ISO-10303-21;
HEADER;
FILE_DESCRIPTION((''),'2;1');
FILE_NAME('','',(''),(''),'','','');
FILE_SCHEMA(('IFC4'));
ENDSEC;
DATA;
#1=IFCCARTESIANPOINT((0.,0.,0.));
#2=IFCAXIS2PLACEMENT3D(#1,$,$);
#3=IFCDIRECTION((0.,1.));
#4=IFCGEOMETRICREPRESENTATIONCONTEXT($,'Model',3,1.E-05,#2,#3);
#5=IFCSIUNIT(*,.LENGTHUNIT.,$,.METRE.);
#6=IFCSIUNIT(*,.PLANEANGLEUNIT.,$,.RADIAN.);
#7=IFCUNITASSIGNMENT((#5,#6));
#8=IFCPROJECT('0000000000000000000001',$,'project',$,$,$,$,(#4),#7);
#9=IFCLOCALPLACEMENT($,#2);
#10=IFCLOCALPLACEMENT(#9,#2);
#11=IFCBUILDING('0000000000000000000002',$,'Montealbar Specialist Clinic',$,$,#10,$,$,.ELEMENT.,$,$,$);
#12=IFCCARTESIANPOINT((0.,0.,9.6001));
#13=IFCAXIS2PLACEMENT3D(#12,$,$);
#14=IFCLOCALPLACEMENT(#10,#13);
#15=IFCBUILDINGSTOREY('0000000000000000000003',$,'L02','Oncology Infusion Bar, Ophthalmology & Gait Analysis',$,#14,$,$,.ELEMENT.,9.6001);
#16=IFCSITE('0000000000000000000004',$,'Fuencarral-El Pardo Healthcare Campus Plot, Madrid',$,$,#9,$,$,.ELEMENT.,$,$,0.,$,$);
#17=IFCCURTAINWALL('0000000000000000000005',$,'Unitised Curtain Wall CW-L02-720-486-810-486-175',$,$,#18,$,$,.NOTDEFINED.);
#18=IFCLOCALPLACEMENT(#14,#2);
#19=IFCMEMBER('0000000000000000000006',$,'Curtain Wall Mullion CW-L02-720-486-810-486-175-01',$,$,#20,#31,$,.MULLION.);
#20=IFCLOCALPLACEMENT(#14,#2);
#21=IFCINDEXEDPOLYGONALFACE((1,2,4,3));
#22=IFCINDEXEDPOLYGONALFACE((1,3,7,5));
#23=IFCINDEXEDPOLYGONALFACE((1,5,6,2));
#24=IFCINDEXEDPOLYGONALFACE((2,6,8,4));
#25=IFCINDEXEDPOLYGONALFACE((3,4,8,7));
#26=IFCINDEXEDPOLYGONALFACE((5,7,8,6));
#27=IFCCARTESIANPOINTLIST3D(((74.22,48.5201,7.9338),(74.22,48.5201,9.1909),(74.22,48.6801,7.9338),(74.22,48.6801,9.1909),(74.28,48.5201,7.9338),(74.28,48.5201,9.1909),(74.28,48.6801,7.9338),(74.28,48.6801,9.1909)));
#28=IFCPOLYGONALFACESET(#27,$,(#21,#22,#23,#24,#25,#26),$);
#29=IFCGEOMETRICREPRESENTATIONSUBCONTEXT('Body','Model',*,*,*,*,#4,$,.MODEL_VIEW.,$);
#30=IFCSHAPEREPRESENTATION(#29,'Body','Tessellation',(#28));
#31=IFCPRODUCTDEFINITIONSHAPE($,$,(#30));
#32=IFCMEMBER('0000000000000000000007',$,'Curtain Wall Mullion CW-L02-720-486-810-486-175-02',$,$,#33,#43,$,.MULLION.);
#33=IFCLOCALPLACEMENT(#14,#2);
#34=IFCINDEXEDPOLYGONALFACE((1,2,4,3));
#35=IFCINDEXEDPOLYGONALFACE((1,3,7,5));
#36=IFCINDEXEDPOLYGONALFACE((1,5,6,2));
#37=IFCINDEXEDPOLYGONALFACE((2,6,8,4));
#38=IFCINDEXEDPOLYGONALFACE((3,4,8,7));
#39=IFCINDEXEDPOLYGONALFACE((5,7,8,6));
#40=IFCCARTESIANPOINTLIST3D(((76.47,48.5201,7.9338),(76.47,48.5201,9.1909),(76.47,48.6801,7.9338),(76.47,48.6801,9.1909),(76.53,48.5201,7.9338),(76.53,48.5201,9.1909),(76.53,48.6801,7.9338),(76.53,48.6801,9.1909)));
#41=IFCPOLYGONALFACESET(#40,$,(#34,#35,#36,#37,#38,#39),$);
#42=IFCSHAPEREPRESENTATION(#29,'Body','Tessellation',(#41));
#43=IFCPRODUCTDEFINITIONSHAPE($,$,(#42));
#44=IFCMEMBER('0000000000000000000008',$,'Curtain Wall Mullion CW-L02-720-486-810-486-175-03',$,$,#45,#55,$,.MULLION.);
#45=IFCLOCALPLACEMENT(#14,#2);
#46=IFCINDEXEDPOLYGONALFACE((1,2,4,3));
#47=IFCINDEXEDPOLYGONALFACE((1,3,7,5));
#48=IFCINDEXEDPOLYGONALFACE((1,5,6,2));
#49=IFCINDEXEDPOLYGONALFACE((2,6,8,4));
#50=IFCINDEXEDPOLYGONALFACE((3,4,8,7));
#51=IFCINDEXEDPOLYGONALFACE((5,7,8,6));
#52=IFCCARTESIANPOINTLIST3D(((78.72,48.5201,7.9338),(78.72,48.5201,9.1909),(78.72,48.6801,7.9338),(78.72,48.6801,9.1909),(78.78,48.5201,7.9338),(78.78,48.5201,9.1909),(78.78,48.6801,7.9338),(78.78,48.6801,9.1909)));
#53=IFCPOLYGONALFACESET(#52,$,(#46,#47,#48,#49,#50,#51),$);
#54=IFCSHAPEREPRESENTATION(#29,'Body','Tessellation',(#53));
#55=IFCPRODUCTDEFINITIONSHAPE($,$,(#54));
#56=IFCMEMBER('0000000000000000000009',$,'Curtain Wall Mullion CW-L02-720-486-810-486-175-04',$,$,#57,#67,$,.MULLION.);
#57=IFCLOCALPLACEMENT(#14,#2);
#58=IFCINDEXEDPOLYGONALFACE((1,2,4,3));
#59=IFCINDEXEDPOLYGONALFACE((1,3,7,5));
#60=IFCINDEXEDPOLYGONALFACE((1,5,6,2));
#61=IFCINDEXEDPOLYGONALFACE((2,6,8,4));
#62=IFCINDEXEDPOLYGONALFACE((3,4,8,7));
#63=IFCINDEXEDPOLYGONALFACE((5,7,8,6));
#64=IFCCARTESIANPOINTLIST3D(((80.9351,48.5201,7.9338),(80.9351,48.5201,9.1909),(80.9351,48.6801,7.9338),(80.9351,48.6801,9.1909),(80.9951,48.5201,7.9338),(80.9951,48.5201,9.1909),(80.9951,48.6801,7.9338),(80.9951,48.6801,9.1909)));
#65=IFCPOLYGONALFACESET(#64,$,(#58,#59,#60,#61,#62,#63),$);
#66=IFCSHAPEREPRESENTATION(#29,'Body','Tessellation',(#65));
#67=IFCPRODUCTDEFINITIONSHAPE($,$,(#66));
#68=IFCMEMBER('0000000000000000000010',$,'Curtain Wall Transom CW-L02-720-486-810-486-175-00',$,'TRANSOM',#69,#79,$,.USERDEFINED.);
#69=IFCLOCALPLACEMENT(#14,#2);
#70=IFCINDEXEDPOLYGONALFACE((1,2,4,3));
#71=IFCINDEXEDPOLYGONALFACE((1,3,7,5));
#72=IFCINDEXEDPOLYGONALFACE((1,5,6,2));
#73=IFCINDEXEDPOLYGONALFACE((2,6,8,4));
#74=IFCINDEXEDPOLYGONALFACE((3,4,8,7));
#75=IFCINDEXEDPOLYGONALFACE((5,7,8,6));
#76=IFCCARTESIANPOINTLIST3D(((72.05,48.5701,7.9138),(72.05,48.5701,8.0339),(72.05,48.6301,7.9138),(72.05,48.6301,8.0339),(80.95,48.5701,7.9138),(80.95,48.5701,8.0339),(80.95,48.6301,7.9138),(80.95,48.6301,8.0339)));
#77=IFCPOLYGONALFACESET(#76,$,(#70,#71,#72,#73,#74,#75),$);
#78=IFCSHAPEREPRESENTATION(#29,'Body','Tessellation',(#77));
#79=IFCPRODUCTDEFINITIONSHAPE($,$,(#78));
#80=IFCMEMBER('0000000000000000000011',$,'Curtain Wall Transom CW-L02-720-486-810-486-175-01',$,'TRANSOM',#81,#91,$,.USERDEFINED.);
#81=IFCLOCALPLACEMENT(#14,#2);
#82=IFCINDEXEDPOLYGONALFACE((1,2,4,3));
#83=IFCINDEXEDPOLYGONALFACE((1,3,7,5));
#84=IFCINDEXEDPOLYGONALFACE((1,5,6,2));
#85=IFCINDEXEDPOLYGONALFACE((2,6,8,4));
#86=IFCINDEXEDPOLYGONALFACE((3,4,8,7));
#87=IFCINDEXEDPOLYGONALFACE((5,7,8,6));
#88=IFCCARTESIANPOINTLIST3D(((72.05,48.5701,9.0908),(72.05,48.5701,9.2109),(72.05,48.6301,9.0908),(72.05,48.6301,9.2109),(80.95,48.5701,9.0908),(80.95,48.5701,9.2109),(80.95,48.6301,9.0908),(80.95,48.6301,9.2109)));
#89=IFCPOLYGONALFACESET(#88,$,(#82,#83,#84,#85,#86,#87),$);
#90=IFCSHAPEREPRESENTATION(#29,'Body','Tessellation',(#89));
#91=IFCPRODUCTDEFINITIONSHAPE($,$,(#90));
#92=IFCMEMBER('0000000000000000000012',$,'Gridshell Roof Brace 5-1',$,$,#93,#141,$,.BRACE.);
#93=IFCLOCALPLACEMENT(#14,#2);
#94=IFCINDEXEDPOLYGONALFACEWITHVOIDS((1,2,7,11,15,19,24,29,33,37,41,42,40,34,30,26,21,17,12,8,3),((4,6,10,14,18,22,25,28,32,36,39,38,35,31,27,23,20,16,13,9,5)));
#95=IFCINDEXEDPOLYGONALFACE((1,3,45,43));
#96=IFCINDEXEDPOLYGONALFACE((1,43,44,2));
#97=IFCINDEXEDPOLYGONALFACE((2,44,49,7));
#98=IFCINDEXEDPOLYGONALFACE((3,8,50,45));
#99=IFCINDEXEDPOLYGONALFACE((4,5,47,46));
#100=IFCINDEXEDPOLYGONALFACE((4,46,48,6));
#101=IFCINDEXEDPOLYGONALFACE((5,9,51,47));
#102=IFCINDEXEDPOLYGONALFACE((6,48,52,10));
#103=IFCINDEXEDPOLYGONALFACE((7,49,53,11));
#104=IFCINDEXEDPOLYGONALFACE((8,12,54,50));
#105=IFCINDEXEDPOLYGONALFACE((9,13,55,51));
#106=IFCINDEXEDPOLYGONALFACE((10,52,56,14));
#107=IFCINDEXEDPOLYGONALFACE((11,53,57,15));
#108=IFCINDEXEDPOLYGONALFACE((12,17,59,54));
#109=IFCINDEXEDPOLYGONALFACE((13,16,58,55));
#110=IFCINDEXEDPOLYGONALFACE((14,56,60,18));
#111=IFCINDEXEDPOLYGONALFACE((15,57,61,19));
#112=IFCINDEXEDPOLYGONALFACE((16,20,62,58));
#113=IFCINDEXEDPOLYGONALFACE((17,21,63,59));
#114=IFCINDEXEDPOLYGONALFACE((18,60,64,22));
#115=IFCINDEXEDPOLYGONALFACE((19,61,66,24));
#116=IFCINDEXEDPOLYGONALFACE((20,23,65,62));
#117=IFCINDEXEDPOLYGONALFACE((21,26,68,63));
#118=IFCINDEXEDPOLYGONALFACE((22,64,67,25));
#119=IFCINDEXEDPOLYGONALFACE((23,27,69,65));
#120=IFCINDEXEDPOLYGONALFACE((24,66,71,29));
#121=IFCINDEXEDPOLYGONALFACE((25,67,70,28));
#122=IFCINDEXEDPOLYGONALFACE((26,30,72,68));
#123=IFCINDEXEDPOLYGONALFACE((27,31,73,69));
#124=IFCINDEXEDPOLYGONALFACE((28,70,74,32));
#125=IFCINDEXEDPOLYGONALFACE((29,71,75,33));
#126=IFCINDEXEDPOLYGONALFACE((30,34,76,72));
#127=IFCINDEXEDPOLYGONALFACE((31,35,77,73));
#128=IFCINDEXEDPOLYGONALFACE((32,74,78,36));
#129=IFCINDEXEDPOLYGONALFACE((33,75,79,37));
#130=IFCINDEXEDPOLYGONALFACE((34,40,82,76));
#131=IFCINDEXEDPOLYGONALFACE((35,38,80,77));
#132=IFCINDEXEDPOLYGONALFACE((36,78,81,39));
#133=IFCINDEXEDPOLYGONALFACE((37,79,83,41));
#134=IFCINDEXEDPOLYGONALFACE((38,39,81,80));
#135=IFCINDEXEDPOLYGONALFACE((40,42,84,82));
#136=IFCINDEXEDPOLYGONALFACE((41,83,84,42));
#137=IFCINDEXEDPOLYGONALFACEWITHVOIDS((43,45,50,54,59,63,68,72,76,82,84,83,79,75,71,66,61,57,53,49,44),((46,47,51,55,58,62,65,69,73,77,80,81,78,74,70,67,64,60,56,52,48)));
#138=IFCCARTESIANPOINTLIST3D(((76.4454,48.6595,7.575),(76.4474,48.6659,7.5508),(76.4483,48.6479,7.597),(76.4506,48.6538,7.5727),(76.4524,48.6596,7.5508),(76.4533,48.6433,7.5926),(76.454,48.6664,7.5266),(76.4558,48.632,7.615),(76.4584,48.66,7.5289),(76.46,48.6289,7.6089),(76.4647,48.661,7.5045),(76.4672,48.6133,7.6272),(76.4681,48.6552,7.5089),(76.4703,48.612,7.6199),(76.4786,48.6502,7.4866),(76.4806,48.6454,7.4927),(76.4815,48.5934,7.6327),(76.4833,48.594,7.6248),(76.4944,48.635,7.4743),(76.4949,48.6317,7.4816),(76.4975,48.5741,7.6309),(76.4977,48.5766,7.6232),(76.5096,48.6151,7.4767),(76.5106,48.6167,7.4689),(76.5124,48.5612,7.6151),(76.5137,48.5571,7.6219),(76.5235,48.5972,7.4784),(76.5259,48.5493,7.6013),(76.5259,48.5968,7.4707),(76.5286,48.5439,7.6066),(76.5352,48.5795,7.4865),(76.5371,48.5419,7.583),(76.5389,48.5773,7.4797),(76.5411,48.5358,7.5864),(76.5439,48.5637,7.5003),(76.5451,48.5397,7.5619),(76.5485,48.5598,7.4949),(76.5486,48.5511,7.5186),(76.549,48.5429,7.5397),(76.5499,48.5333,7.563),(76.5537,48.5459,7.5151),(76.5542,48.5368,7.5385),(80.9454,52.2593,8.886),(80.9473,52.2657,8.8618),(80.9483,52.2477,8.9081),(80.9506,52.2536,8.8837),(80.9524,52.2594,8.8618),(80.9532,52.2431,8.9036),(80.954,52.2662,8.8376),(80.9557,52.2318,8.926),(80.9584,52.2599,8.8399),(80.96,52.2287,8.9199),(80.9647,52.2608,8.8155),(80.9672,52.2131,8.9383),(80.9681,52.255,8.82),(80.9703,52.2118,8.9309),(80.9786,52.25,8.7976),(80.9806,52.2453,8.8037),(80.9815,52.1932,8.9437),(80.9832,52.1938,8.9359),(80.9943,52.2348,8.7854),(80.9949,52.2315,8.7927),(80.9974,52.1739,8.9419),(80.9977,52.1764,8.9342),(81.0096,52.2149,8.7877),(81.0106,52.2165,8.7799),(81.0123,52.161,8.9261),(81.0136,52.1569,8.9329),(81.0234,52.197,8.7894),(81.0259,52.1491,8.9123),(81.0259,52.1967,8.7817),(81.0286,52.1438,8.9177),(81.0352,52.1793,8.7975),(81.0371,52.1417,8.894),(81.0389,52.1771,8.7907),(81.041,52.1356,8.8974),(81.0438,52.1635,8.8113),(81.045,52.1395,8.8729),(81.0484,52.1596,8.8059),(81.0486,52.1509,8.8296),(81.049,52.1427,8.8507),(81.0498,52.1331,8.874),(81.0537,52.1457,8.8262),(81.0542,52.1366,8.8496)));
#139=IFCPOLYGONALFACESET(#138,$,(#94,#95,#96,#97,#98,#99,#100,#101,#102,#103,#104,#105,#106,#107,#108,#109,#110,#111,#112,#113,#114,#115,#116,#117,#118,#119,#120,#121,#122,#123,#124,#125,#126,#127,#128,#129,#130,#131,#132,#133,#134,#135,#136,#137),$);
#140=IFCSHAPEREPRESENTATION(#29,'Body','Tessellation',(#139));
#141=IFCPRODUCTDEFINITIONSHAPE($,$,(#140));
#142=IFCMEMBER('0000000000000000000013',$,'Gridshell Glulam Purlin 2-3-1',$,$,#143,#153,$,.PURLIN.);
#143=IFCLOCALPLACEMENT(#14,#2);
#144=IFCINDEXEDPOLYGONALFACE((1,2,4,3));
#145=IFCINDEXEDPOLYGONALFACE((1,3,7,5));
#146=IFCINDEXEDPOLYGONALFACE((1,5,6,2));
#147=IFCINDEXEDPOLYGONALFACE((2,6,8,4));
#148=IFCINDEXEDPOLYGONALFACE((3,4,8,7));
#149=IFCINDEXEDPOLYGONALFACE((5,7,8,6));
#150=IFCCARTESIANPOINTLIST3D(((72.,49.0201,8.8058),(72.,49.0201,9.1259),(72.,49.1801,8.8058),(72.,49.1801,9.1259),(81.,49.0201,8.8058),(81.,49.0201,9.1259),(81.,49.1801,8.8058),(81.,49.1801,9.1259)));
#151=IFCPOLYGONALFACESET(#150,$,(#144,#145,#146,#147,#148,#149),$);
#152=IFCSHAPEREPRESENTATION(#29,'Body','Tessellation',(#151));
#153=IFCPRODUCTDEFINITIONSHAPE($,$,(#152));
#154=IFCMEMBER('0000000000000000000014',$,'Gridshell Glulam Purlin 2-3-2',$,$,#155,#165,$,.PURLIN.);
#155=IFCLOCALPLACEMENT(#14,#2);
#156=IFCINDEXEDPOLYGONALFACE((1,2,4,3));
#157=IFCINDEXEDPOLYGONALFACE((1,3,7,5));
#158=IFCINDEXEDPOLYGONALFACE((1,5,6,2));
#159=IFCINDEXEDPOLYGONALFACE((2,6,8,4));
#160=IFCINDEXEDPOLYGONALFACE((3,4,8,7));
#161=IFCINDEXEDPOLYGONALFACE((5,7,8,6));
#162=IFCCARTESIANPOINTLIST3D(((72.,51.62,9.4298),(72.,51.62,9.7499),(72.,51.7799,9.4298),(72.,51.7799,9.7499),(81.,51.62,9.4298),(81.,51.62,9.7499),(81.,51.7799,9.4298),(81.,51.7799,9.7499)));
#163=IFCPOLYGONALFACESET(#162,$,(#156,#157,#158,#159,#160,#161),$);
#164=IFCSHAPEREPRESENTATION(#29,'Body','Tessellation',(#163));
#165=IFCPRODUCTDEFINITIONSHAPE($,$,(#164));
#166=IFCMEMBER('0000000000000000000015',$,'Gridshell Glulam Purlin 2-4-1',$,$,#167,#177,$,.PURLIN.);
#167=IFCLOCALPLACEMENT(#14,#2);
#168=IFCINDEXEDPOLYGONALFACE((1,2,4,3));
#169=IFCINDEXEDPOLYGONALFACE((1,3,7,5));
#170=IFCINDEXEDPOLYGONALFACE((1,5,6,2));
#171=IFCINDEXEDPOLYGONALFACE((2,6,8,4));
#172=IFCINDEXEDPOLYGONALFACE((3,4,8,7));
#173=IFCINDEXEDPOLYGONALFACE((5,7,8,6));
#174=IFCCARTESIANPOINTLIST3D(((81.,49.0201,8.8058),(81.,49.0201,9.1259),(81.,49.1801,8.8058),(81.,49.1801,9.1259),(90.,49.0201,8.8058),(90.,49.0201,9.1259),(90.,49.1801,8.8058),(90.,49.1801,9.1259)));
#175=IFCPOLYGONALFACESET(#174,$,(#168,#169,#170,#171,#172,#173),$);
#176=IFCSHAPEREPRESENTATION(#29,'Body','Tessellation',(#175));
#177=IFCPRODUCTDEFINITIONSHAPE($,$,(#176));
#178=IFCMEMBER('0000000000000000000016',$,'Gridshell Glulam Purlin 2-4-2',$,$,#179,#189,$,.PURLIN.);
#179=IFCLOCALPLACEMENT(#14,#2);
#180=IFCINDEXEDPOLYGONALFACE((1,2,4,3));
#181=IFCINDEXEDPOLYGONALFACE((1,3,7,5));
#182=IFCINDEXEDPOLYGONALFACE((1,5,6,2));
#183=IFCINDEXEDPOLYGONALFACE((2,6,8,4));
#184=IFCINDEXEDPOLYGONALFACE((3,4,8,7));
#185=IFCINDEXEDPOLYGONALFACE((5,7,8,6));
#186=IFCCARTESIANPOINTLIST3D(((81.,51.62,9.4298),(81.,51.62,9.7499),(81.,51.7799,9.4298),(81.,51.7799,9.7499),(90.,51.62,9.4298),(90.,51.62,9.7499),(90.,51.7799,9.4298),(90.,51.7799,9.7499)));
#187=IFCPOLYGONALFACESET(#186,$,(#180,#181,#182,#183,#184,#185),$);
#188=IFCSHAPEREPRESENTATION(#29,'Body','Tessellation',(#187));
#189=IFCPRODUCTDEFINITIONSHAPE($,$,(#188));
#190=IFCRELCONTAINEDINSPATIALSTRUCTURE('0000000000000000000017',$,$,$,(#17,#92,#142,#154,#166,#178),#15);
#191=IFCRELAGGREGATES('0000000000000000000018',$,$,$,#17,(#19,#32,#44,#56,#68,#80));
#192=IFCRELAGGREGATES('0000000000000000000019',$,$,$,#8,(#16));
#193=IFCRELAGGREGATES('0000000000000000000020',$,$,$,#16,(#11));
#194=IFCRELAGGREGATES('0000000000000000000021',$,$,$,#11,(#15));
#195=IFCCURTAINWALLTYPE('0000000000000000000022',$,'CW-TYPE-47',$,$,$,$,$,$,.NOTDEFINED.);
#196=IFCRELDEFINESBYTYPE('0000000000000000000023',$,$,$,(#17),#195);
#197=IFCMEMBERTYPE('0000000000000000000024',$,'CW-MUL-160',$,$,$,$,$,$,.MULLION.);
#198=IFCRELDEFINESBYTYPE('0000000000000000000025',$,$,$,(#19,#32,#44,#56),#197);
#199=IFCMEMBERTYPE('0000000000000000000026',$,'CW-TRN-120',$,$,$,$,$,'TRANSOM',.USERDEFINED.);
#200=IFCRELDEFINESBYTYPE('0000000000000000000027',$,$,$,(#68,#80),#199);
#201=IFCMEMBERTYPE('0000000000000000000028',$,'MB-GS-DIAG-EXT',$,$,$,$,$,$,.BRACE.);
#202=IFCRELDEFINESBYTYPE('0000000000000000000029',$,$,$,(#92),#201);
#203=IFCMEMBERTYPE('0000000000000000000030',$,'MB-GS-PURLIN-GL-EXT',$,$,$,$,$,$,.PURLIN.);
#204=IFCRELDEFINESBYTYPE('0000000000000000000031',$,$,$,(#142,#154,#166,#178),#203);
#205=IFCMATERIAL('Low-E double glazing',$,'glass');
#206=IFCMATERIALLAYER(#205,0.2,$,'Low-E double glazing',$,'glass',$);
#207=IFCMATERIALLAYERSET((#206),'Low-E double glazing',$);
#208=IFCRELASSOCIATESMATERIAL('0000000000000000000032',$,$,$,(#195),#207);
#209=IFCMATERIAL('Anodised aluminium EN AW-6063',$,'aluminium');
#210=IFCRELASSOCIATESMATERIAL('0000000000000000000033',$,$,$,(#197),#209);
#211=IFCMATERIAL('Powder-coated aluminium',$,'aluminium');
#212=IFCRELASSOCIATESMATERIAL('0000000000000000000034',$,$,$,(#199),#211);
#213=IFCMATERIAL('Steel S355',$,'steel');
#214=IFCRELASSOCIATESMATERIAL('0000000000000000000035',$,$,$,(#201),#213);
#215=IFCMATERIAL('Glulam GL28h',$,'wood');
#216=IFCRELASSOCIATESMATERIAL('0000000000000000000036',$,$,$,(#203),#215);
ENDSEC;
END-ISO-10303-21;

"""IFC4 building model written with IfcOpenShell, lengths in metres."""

from ifc_helpers import new_model, si_unit, direction, frame, origin, origin_2d, place, context, subcontext, project, spatial, rectangle, hollow_circle, extrude, material, layer, layer_set, material_profile, profile_set, type_object, element, aggregate, save


model = new_model("IFC4")

# Units and contexts
model_context = context("Model", 3, precision=1e-05, world=origin(), true_north=direction((0.0, 1.0)))
body_context = subcontext(model_context, "Body", "Model", "MODEL_VIEW")
ifc_project = project(units=[si_unit("LENGTHUNIT", "METRE"), si_unit("PLANEANGLEUNIT", "RADIAN")], contexts=[model_context])

# Site, building, storey
site_placement = place(None, origin())
site = spatial("IfcSite", under=ifc_project, at=site_placement, Name="Fuencarral-El Pardo Healthcare Campus Plot, Madrid", CompositionType="ELEMENT", RefElevation=0.0)
building_placement = place(site_placement, origin())
building = spatial("IfcBuilding", under=site, at=building_placement, Name="Montealbar Specialist Clinic", CompositionType="ELEMENT")
storey_placement = place(building_placement, frame((0.0, 0.0, 9.6001)))
storey = spatial("IfcBuildingStorey", under=building, at=storey_placement, Name="L02", Description="Oncology Infusion Bar, Ophthalmology & Gait Analysis", CompositionType="ELEMENT", Elevation=9.6001)

# Shared definitions
ifc_material_1 = material(Name="Steel S355", Category="steel")
ifc_material_2 = material(Name="Glulam GL28h", Category="wood")

# Curtain wall, members
ifc_material_3 = material(Name="Low-E double glazing", Category="glass")
ifc_layer_1 = layer(ifc_material_3, 0.2, Name="Low-E double glazing", Category="glass")
ifc_layer_set_1 = layer_set([ifc_layer_1], Name="Low-E double glazing")
curtain_wall_type = type_object("IfcCurtainWallType", Name="CW-TYPE-47", PredefinedType="NOTDEFINED", material=ifc_layer_set_1)
curtain_wall_placement = place(storey_placement, origin())
curtain_wall = element("IfcCurtainWall", 1, at=curtain_wall_placement, inside=storey, type_object=curtain_wall_type, Name="Unitised Curtain Wall CW-L02-720-486-810-486-175", PredefinedType="NOTDEFINED")
ifc_material_4 = material(Name="Anodised aluminium EN AW-6063", Category="aluminium")
ifc_material_profile_1 = material_profile(ifc_material_4, rectangle(XDim=0.0601, YDim=0.1599, at=origin_2d()), Name="ALU 60x160", Category="aluminium")
ifc_profile_set_1 = profile_set([ifc_material_profile_1], Name="Anodised aluminium EN AW-6063")
member_type_1 = type_object("IfcMemberType", Name="CW-MUL-160", PredefinedType="MULLION", material=ifc_profile_set_1)
member_1_placement = place(storey_placement, frame((74.25, 48.6001, 7.9338), z_axis=(0.0, 0.0, 1.0), x_axis=(1.0, 0.0, 0.0)))
member_1 = element("IfcMember", 2, at=member_1_placement, type_object=member_type_1, Name="Curtain Wall Mullion CW-L02-720-486-810-486-175-01", PredefinedType="MULLION", context=body_context, shape_type="SweptSolid", body=[
    extrude(rectangle(XDim=0.0601, YDim=0.1599, at=origin_2d()), origin(), (0.0, 0.0, 1.0), 1.2571),
])
member_2_placement = place(storey_placement, frame((76.5, 48.6001, 7.9338), z_axis=(0.0, 0.0, 1.0), x_axis=(1.0, 0.0, 0.0)))
member_2 = element("IfcMember", 3, at=member_2_placement, type_object=member_type_1, Name="Curtain Wall Mullion CW-L02-720-486-810-486-175-02", PredefinedType="MULLION", context=body_context, shape_type="SweptSolid", body=[
    extrude(rectangle(XDim=0.0601, YDim=0.1599, at=origin_2d()), origin(), (0.0, 0.0, 1.0), 1.2571),
])
member_3_placement = place(storey_placement, frame((78.75, 48.6001, 7.9338), z_axis=(0.0, 0.0, 1.0), x_axis=(1.0, 0.0, 0.0)))
member_3 = element("IfcMember", 4, at=member_3_placement, type_object=member_type_1, Name="Curtain Wall Mullion CW-L02-720-486-810-486-175-03", PredefinedType="MULLION", context=body_context, shape_type="SweptSolid", body=[
    extrude(rectangle(XDim=0.0601, YDim=0.1599, at=origin_2d()), origin(), (0.0, 0.0, 1.0), 1.2571),
])
member_4_placement = place(storey_placement, frame((80.9651, 48.6001, 7.9338), z_axis=(0.0, 0.0, 1.0), x_axis=(1.0, 0.0, 0.0)))
member_4 = element("IfcMember", 5, at=member_4_placement, type_object=member_type_1, Name="Curtain Wall Mullion CW-L02-720-486-810-486-175-04", PredefinedType="MULLION", context=body_context, shape_type="SweptSolid", body=[
    extrude(rectangle(XDim=0.0601, YDim=0.1599, at=origin_2d()), origin(), (0.0, 0.0, 1.0), 1.2571),
])
ifc_material_5 = material(Name="Powder-coated aluminium", Category="aluminium")
ifc_material_profile_2 = material_profile(ifc_material_5, rectangle(XDim=0.0601, YDim=0.1201, at=origin_2d()), Name="ALU 60x120", Category="aluminium")
ifc_profile_set_2 = profile_set([ifc_material_profile_2], Name="Powder-coated aluminium")
member_type_2 = type_object("IfcMemberType", Name="CW-TRN-120", ElementType="TRANSOM", PredefinedType="USERDEFINED", material=ifc_profile_set_2)
member_5_placement = place(storey_placement, frame((72.05, 48.6001, 7.9739), z_axis=(1.0, 0.0, 0.0), x_axis=(0.0, 1.0, 0.0)))
member_5 = element("IfcMember", 6, at=member_5_placement, type_object=member_type_2, Name="Curtain Wall Transom CW-L02-720-486-810-486-175-00", ObjectType="TRANSOM", PredefinedType="USERDEFINED", context=body_context, shape_type="SweptSolid", body=[
    extrude(rectangle(XDim=0.0601, YDim=0.1201, at=origin_2d()), origin(), (0.0, 0.0, 1.0), 8.8999),
])
member_6_placement = place(storey_placement, frame((72.05, 48.6001, 9.1509), z_axis=(1.0, 0.0, 0.0), x_axis=(0.0, 1.0, 0.0)))
member_6 = element("IfcMember", 7, at=member_6_placement, type_object=member_type_2, Name="Curtain Wall Transom CW-L02-720-486-810-486-175-01", ObjectType="TRANSOM", PredefinedType="USERDEFINED", context=body_context, shape_type="SweptSolid", body=[
    extrude(rectangle(XDim=0.0601, YDim=0.1201, at=origin_2d()), origin(), (0.0, 0.0, 1.0), 8.8999),
])

# Members
ifc_material_profile_3 = material_profile(ifc_material_1, hollow_circle(Radius=0.0842, WallThickness=0.0081, at=origin_2d()), Name="CHS 168.3x8.0", Category="steel")
ifc_profile_set_3 = profile_set([ifc_material_profile_3], Name="Steel S355")
member_type_3 = type_object("IfcMemberType", Name="MB-GS-DIAG-EXT", PredefinedType="BRACE", material=ifc_profile_set_3)
member_7_placement = place(storey_placement, frame((76.5, 48.6001, 7.5508), z_axis=(0.761425, 0.609115, 0.221834), x_axis=(-0.62468, 0.780881, 0.0)))
element("IfcMember", 8, at=member_7_placement, inside=storey, type_object=member_type_3, Name="Gridshell Roof Brace 5-1", PredefinedType="BRACE", context=body_context, shape_type="SweptSolid", body=[
    extrude(hollow_circle(Radius=0.0842, WallThickness=0.0081, at=origin_2d()), origin(), (0.0, 0.0, 1.0), 5.9099),
])
ifc_material_profile_4 = material_profile(ifc_material_2, rectangle(XDim=0.1599, YDim=0.3201, at=origin_2d()), Name="GL28h 160x320", Category="wood")
ifc_profile_set_4 = profile_set([ifc_material_profile_4], Name="Glulam GL28h")
member_type_4 = type_object("IfcMemberType", Name="MB-GS-PURLIN-GL-EXT", PredefinedType="PURLIN", material=ifc_profile_set_4)
for number, where, z_axis, x_axis, name in (
    (9, (72.0, 49.1001, 8.9658), (1.0, 0.0, 0.0), (0.0, 1.0, 0.0), "Gridshell Glulam Purlin 2-3-1"),
    (10, (72.0, 51.7, 9.5898), (1.0, 0.0, 0.0), (0.0, 1.0, 0.0), "Gridshell Glulam Purlin 2-3-2"),
    (11, (81.0, 49.1001, 8.9658), (1.0, 0.0, 0.0), (0.0, 1.0, 0.0), "Gridshell Glulam Purlin 2-4-1"),
    (12, (81.0, 51.7, 9.5898), (1.0, 0.0, 0.0), (0.0, 1.0, 0.0), "Gridshell Glulam Purlin 2-4-2"),
):
    element("IfcMember", number, at=place(storey_placement, frame(where, z_axis=z_axis, x_axis=x_axis)), inside=storey, type_object=member_type_4, Name=name, PredefinedType="PURLIN", context=body_context, shape_type="SweptSolid", body=[
        extrude(rectangle(XDim=0.1599, YDim=0.3201, at=origin_2d()), origin(), (0.0, 0.0, 1.0), 9.0),
    ])

aggregate(curtain_wall, [member_1, member_2, member_3, member_4, member_5, member_6])

save(model, "model.ifc")
